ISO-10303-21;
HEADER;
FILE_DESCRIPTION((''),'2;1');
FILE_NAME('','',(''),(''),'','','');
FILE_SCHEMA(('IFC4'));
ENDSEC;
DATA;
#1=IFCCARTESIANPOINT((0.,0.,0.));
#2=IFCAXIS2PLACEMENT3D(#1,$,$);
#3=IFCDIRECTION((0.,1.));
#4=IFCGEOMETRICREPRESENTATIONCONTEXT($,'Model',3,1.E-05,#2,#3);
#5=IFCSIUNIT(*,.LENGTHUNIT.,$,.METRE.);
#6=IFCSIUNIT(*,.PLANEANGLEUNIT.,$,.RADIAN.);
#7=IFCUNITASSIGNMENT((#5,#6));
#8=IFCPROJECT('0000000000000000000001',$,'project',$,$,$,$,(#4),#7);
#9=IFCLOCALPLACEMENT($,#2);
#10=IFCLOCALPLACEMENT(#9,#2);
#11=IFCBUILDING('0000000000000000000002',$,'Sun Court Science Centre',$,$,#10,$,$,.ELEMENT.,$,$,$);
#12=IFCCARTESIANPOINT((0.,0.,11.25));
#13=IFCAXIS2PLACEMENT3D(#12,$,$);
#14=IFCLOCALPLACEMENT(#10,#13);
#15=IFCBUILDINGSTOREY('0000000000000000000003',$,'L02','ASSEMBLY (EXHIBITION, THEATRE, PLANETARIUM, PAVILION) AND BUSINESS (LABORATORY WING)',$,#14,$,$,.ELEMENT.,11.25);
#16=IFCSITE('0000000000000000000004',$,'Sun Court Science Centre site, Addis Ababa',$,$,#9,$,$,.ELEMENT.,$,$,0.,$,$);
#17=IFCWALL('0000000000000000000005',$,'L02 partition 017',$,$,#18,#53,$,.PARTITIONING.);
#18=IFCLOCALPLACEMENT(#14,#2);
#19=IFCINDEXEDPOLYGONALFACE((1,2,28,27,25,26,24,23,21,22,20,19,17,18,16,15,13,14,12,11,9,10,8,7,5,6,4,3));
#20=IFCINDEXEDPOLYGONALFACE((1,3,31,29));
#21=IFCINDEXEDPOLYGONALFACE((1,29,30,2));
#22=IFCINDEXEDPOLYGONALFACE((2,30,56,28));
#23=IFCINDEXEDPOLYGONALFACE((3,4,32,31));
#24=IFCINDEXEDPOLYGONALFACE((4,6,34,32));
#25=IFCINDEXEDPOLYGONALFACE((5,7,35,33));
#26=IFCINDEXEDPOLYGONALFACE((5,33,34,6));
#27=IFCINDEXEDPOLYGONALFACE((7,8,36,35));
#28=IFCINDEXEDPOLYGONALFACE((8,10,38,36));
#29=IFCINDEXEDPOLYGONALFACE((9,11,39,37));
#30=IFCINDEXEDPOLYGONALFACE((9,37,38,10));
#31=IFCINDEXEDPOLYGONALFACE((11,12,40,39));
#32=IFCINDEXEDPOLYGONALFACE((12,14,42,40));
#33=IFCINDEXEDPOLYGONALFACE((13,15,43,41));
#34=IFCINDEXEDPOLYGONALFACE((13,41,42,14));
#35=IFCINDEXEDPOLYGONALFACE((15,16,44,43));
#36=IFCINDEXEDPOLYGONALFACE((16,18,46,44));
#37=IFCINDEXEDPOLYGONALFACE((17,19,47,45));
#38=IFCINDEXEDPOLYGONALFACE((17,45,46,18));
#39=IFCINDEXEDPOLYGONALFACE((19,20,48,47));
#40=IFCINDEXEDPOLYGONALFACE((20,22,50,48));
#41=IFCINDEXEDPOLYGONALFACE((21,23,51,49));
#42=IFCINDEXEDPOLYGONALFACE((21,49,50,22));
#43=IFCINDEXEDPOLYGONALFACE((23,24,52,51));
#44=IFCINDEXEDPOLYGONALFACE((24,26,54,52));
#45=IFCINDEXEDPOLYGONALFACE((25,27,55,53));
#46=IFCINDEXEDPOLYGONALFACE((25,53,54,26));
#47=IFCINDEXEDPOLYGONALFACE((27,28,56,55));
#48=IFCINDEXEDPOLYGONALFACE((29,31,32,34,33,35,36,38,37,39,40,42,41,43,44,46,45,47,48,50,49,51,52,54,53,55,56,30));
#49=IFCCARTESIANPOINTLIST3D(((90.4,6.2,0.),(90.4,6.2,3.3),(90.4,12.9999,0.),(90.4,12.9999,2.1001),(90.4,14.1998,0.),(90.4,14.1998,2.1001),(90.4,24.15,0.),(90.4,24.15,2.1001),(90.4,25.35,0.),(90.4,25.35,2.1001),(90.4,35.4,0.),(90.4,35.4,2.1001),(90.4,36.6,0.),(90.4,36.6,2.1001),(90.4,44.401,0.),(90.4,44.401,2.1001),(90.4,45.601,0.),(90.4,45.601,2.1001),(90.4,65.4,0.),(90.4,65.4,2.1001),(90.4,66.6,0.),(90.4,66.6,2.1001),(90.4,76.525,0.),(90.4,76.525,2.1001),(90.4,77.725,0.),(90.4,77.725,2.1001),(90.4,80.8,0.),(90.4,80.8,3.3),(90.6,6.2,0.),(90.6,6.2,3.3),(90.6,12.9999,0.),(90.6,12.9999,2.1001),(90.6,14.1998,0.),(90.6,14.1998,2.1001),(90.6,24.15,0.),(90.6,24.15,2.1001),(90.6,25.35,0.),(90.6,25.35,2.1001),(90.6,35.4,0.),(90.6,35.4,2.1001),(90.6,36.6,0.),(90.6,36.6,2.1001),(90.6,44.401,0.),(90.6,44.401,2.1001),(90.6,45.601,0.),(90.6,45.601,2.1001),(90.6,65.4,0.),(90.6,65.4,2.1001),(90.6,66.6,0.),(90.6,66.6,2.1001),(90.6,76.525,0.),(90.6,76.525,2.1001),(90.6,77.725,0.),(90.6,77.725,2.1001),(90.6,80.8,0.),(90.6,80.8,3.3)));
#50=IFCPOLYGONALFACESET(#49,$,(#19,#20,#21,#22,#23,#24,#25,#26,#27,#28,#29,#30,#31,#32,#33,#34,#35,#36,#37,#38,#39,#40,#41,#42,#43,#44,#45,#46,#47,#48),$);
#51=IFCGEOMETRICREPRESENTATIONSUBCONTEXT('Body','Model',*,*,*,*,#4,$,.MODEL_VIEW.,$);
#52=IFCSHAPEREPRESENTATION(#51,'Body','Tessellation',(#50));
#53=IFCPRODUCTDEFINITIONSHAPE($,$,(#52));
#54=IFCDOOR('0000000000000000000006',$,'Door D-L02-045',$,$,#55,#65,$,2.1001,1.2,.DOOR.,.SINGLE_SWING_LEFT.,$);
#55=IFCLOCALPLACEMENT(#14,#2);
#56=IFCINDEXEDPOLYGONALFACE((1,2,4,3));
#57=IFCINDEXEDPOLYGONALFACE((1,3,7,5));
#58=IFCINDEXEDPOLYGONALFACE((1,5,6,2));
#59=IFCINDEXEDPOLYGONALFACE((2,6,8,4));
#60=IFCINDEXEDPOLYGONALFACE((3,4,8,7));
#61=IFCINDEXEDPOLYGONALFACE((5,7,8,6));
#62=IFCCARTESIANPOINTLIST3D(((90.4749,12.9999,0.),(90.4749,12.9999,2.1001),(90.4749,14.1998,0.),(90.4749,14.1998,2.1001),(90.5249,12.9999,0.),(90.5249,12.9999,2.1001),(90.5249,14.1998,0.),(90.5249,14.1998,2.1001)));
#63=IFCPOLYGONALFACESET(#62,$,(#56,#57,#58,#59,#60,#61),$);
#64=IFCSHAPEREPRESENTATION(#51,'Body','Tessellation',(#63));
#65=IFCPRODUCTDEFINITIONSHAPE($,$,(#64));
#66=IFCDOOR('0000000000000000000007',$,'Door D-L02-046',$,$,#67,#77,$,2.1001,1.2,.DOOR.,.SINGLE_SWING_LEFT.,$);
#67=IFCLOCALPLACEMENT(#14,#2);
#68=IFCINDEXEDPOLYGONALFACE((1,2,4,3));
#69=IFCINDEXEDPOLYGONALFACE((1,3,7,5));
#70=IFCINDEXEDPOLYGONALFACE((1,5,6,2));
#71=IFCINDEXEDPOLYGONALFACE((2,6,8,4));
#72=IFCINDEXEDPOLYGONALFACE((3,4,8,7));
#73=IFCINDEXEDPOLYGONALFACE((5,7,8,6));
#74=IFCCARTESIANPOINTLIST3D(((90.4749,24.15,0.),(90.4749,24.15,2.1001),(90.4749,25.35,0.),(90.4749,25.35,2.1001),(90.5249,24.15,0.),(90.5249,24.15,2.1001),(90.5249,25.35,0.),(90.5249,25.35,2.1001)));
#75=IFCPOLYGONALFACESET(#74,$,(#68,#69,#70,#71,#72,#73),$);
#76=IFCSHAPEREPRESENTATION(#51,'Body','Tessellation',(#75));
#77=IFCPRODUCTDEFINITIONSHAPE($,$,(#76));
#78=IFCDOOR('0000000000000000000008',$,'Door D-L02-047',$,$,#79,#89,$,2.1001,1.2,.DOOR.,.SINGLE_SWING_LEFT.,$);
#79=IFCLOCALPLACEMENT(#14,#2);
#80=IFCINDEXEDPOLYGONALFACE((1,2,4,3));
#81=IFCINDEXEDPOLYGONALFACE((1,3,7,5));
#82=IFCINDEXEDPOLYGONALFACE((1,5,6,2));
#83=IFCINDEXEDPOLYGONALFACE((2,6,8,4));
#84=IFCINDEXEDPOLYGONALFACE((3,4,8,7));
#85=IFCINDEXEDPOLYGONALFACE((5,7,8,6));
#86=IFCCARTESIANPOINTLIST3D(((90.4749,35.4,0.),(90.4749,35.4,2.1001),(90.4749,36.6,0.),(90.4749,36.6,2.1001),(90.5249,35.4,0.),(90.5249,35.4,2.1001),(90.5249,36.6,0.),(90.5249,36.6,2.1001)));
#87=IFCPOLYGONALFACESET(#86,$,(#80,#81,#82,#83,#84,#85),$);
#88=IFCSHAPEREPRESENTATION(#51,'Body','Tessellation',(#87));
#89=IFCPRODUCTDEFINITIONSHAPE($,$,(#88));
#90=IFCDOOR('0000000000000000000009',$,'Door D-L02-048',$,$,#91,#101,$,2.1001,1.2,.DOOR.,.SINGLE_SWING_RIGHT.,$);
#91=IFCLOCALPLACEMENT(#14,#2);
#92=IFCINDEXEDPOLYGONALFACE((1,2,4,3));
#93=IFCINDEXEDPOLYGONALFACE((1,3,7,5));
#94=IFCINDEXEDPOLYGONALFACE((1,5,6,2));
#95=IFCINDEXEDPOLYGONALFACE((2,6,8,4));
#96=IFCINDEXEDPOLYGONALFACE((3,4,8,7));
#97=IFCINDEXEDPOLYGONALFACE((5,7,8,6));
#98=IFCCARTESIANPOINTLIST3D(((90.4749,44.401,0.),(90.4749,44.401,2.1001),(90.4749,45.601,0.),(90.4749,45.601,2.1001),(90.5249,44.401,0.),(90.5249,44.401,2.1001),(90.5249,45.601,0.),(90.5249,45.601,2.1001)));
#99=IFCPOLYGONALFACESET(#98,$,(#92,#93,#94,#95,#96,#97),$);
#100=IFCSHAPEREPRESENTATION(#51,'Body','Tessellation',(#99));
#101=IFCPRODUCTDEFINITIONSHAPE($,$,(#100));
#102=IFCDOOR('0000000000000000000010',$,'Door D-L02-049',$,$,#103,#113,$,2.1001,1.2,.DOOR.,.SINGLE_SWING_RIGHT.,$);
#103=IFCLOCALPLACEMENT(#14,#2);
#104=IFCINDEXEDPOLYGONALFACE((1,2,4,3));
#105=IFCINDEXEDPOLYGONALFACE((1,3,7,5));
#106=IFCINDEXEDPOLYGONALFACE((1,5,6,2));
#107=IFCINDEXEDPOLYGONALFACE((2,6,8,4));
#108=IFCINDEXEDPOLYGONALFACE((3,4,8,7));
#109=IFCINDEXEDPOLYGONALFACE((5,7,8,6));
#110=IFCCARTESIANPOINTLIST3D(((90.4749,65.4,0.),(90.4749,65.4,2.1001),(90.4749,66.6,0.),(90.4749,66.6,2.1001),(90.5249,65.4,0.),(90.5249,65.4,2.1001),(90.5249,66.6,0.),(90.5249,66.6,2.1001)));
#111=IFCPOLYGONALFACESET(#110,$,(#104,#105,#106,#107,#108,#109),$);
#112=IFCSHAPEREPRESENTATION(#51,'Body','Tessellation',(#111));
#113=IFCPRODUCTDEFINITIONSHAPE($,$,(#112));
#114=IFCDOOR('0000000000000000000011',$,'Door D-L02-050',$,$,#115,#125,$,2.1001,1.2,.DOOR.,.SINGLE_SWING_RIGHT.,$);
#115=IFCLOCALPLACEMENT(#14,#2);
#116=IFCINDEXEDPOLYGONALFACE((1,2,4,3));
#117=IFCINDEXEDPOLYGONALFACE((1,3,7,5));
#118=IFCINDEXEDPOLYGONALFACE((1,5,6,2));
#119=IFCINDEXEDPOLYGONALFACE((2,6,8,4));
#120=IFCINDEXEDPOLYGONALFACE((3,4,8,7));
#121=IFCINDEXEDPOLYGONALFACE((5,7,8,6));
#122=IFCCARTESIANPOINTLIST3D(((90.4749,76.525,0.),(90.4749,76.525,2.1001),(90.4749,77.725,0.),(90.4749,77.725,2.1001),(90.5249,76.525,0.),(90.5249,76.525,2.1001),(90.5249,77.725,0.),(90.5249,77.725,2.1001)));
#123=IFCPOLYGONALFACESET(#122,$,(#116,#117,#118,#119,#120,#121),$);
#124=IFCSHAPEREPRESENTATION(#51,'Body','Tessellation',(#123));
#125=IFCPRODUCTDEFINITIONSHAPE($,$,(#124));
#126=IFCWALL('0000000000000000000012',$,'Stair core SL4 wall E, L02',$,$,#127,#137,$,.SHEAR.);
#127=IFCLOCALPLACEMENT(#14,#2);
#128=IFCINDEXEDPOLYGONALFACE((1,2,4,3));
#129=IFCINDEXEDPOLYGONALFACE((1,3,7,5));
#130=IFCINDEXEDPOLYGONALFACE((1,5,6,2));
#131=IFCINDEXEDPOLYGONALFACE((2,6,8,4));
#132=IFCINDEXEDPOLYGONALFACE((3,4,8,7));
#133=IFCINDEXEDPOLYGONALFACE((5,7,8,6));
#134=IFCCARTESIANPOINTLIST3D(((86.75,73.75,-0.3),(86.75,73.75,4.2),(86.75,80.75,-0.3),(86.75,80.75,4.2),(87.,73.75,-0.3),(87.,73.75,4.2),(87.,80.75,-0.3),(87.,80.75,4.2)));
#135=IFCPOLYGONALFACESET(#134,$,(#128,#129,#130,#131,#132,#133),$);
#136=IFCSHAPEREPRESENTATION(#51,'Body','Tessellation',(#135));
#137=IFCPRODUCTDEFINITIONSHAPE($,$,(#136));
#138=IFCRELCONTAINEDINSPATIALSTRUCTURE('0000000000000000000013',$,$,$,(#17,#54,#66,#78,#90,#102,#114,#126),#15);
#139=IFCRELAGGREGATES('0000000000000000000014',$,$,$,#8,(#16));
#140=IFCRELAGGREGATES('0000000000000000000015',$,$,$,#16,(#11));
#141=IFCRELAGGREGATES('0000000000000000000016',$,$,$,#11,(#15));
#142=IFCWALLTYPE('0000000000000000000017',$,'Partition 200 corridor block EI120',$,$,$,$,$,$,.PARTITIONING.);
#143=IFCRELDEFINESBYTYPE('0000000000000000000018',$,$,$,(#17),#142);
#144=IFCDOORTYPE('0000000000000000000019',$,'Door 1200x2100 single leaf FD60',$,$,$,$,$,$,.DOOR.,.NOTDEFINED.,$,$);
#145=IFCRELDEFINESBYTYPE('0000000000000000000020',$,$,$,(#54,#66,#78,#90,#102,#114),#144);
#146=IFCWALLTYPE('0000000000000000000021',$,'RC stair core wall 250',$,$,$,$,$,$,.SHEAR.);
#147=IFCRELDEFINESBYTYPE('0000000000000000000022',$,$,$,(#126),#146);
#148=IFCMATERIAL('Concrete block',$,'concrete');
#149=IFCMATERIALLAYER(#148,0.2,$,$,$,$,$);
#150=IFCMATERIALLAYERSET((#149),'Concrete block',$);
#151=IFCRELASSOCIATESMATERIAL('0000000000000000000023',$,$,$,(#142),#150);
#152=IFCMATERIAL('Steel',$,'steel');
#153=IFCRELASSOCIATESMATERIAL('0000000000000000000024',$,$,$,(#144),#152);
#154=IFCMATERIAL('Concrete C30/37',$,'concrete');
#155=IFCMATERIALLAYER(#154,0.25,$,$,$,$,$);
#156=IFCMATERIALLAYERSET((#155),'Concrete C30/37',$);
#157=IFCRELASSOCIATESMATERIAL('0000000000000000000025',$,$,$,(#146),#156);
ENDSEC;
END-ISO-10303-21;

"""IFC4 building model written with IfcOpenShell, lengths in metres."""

from ifc_helpers import new_model, si_unit, direction, frame, frame_2d, origin, place, context, subcontext, project, spatial, rectangle, extrude, material, layer, layer_set, type_object, element, fill, save


model = new_model("IFC4")

# Units and contexts
model_context = context("Model", 3, precision=1e-05, world=origin(), true_north=direction((0.0, 1.0)))
body_context = subcontext(model_context, "Body", "Model", "MODEL_VIEW")
ifc_project = project(units=[si_unit("LENGTHUNIT", "METRE"), si_unit("PLANEANGLEUNIT", "RADIAN")], contexts=[model_context])

# Site, building, storey
site_placement = place(None, origin())
site = spatial("IfcSite", under=ifc_project, at=site_placement, Name="Sun Court Science Centre site, Addis Ababa", CompositionType="ELEMENT", RefElevation=0.0)
building_placement = place(site_placement, origin())
building = spatial("IfcBuilding", under=site, at=building_placement, Name="Sun Court Science Centre", CompositionType="ELEMENT")
storey_placement = place(building_placement, frame((0.0, 0.0, 11.25)))
storey = spatial("IfcBuildingStorey", under=building, at=storey_placement, Name="L02", Description="ASSEMBLY (EXHIBITION, THEATRE, PLANETARIUM, PAVILION) AND BUSINESS (LABORATORY WING)", CompositionType="ELEMENT", Elevation=11.25)

# Wall, openings, doors
ifc_material_1 = material(Name="Concrete block", Category="concrete")
ifc_layer_1 = layer(ifc_material_1, 0.2)
ifc_layer_set_1 = layer_set([ifc_layer_1], Name="Concrete block")
wall_type_1 = type_object("IfcWallType", Name="Partition 200 corridor block EI120", PredefinedType="PARTITIONING", material=ifc_layer_set_1)
wall_1_placement = place(storey_placement, frame((90.5, 80.8, 0.0), z_axis=(0.0, 0.0, 1.0), x_axis=(0.0, -1.0, 0.0)))
wall_1 = element("IfcWall", 1, at=wall_1_placement, inside=storey, type_object=wall_type_1, Name="L02 partition 017", PredefinedType="PARTITIONING", context=body_context, shape_type="SweptSolid", body=[
    extrude(rectangle(XDim=74.6001, YDim=0.2, at=frame_2d((37.3, 0.0))), origin(), (0.0, 0.0, 1.0), 3.3),
])
opening_1_placement = place(wall_1_placement, frame((66.6001, 0.0, 0.0)))
opening_1 = element("IfcOpeningElement", 2, at=opening_1_placement, cuts=wall_1, PredefinedType="OPENING", context=body_context, shape_type="SweptSolid", body=[
    extrude(rectangle(XDim=1.2, YDim=2.1001, at=frame_2d((0.6001, 1.05))), frame((0.0, 0.1099, 0.0), z_axis=(0.0, -1.0, 0.0), x_axis=(1.0, 0.0, 0.0)), (0.0, 0.0, 1.0), 0.22),
])
opening_2_placement = place(wall_1_placement, frame((55.45, 0.0, 0.0)))
opening_2 = element("IfcOpeningElement", 3, at=opening_2_placement, cuts=wall_1, PredefinedType="OPENING", context=body_context, shape_type="SweptSolid", body=[
    extrude(rectangle(XDim=1.2, YDim=2.1001, at=frame_2d((0.6001, 1.05))), frame((0.0, 0.1099, 0.0), z_axis=(0.0, -1.0, 0.0), x_axis=(1.0, 0.0, 0.0)), (0.0, 0.0, 1.0), 0.22),
])
opening_3_placement = place(wall_1_placement, frame((44.2, 0.0, 0.0)))
opening_3 = element("IfcOpeningElement", 4, at=opening_3_placement, cuts=wall_1, PredefinedType="OPENING", context=body_context, shape_type="SweptSolid", body=[
    extrude(rectangle(XDim=1.2, YDim=2.1001, at=frame_2d((0.6001, 1.05))), frame((0.0, 0.1099, 0.0), z_axis=(0.0, -1.0, 0.0), x_axis=(1.0, 0.0, 0.0)), (0.0, 0.0, 1.0), 0.22),
])
opening_4_placement = place(wall_1_placement, frame((35.199, 0.0, 0.0)))
opening_4 = element("IfcOpeningElement", 5, at=opening_4_placement, cuts=wall_1, PredefinedType="OPENING", context=body_context, shape_type="SweptSolid", body=[
    extrude(rectangle(XDim=1.2, YDim=2.1001, at=frame_2d((0.6001, 1.05))), frame((0.0, 0.1099, 0.0), z_axis=(0.0, -1.0, 0.0), x_axis=(1.0, 0.0, 0.0)), (0.0, 0.0, 1.0), 0.22),
])
opening_5_placement = place(wall_1_placement, frame((14.2, 0.0, 0.0)))
opening_5 = element("IfcOpeningElement", 6, at=opening_5_placement, cuts=wall_1, PredefinedType="OPENING", context=body_context, shape_type="SweptSolid", body=[
    extrude(rectangle(XDim=1.2, YDim=2.1001, at=frame_2d((0.6001, 1.05))), frame((0.0, 0.1099, 0.0), z_axis=(0.0, -1.0, 0.0), x_axis=(1.0, 0.0, 0.0)), (0.0, 0.0, 1.0), 0.22),
])
opening_6_placement = place(wall_1_placement, frame((3.075, 0.0, 0.0)))
opening_6 = element("IfcOpeningElement", 7, at=opening_6_placement, cuts=wall_1, PredefinedType="OPENING", context=body_context, shape_type="SweptSolid", body=[
    extrude(rectangle(XDim=1.2, YDim=2.1001, at=frame_2d((0.6001, 1.05))), frame((0.0, 0.1099, 0.0), z_axis=(0.0, -1.0, 0.0), x_axis=(1.0, 0.0, 0.0)), (0.0, 0.0, 1.0), 0.22),
])
ifc_material_2 = material(Name="Steel", Category="steel")
door_type = type_object("IfcDoorType", Name="Door 1200x2100 single leaf FD60", OperationType="NOTDEFINED", PredefinedType="DOOR", material=ifc_material_2)
door_1_placement = place(opening_1_placement, origin())
door_1 = element("IfcDoor", 8, at=door_1_placement, inside=storey, type_object=door_type, Name="Door D-L02-045", OperationType="SINGLE_SWING_LEFT", OverallHeight=2.1001, OverallWidth=1.2, PredefinedType="DOOR", context=body_context, shape_type="SweptSolid", body=[
    extrude(rectangle(XDim=1.2, YDim=2.1001, at=frame_2d((0.6001, 1.05))), frame((0.0, 0.0249, 0.0), z_axis=(0.0, -1.0, 0.0), x_axis=(1.0, 0.0, 0.0)), (0.0, 0.0, 1.0), 0.05),
])
fill(opening_1, door_1)
door_2_placement = place(opening_2_placement, origin())
door_2 = element("IfcDoor", 9, at=door_2_placement, inside=storey, type_object=door_type, Name="Door D-L02-046", OperationType="SINGLE_SWING_LEFT", OverallHeight=2.1001, OverallWidth=1.2, PredefinedType="DOOR", context=body_context, shape_type="SweptSolid", body=[
    extrude(rectangle(XDim=1.2, YDim=2.1001, at=frame_2d((0.6001, 1.05))), frame((0.0, 0.0249, 0.0), z_axis=(0.0, -1.0, 0.0), x_axis=(1.0, 0.0, 0.0)), (0.0, 0.0, 1.0), 0.05),
])
fill(opening_2, door_2)
door_3_placement = place(opening_3_placement, origin())
door_3 = element("IfcDoor", 10, at=door_3_placement, inside=storey, type_object=door_type, Name="Door D-L02-047", OperationType="SINGLE_SWING_LEFT", OverallHeight=2.1001, OverallWidth=1.2, PredefinedType="DOOR", context=body_context, shape_type="SweptSolid", body=[
    extrude(rectangle(XDim=1.2, YDim=2.1001, at=frame_2d((0.6001, 1.05))), frame((0.0, 0.0249, 0.0), z_axis=(0.0, -1.0, 0.0), x_axis=(1.0, 0.0, 0.0)), (0.0, 0.0, 1.0), 0.05),
])
fill(opening_3, door_3)
door_4_placement = place(opening_4_placement, origin())
door_4 = element("IfcDoor", 11, at=door_4_placement, inside=storey, type_object=door_type, Name="Door D-L02-048", OperationType="SINGLE_SWING_RIGHT", OverallHeight=2.1001, OverallWidth=1.2, PredefinedType="DOOR", context=body_context, shape_type="SweptSolid", body=[
    extrude(rectangle(XDim=1.2, YDim=2.1001, at=frame_2d((0.6001, 1.05))), frame((0.0, 0.0249, 0.0), z_axis=(0.0, -1.0, 0.0), x_axis=(1.0, 0.0, 0.0)), (0.0, 0.0, 1.0), 0.05),
])
fill(opening_4, door_4)
door_5_placement = place(opening_5_placement, origin())
door_5 = element("IfcDoor", 12, at=door_5_placement, inside=storey, type_object=door_type, Name="Door D-L02-049", OperationType="SINGLE_SWING_RIGHT", OverallHeight=2.1001, OverallWidth=1.2, PredefinedType="DOOR", context=body_context, shape_type="SweptSolid", body=[
    extrude(rectangle(XDim=1.2, YDim=2.1001, at=frame_2d((0.6001, 1.05))), frame((0.0, 0.0249, 0.0), z_axis=(0.0, -1.0, 0.0), x_axis=(1.0, 0.0, 0.0)), (0.0, 0.0, 1.0), 0.05),
])
fill(opening_5, door_5)
door_6_placement = place(opening_6_placement, origin())
door_6 = element("IfcDoor", 13, at=door_6_placement, inside=storey, type_object=door_type, Name="Door D-L02-050", OperationType="SINGLE_SWING_RIGHT", OverallHeight=2.1001, OverallWidth=1.2, PredefinedType="DOOR", context=body_context, shape_type="SweptSolid", body=[
    extrude(rectangle(XDim=1.2, YDim=2.1001, at=frame_2d((0.6001, 1.05))), frame((0.0, 0.0249, 0.0), z_axis=(0.0, -1.0, 0.0), x_axis=(1.0, 0.0, 0.0)), (0.0, 0.0, 1.0), 0.05),
])
fill(opening_6, door_6)

# Wall
ifc_material_3 = material(Name="Concrete C30/37", Category="concrete")
ifc_layer_2 = layer(ifc_material_3, 0.25)
ifc_layer_set_2 = layer_set([ifc_layer_2], Name="Concrete C30/37")
wall_type_2 = type_object("IfcWallType", Name="RC stair core wall 250", PredefinedType="SHEAR", material=ifc_layer_set_2)
wall_2_placement = place(storey_placement, frame((86.875, 73.75, -0.3), z_axis=(0.0, 0.0, 1.0), x_axis=(0.0, 1.0, 0.0)))
element("IfcWall", 14, at=wall_2_placement, inside=storey, type_object=wall_type_2, Name="Stair core SL4 wall E, L02", PredefinedType="SHEAR", context=body_context, shape_type="SweptSolid", body=[
    extrude(rectangle(XDim=7.0, YDim=0.25, at=frame_2d((3.5, 0.0))), origin(), (0.0, 0.0, 1.0), 4.5),
])

save(model, "model.ifc")
